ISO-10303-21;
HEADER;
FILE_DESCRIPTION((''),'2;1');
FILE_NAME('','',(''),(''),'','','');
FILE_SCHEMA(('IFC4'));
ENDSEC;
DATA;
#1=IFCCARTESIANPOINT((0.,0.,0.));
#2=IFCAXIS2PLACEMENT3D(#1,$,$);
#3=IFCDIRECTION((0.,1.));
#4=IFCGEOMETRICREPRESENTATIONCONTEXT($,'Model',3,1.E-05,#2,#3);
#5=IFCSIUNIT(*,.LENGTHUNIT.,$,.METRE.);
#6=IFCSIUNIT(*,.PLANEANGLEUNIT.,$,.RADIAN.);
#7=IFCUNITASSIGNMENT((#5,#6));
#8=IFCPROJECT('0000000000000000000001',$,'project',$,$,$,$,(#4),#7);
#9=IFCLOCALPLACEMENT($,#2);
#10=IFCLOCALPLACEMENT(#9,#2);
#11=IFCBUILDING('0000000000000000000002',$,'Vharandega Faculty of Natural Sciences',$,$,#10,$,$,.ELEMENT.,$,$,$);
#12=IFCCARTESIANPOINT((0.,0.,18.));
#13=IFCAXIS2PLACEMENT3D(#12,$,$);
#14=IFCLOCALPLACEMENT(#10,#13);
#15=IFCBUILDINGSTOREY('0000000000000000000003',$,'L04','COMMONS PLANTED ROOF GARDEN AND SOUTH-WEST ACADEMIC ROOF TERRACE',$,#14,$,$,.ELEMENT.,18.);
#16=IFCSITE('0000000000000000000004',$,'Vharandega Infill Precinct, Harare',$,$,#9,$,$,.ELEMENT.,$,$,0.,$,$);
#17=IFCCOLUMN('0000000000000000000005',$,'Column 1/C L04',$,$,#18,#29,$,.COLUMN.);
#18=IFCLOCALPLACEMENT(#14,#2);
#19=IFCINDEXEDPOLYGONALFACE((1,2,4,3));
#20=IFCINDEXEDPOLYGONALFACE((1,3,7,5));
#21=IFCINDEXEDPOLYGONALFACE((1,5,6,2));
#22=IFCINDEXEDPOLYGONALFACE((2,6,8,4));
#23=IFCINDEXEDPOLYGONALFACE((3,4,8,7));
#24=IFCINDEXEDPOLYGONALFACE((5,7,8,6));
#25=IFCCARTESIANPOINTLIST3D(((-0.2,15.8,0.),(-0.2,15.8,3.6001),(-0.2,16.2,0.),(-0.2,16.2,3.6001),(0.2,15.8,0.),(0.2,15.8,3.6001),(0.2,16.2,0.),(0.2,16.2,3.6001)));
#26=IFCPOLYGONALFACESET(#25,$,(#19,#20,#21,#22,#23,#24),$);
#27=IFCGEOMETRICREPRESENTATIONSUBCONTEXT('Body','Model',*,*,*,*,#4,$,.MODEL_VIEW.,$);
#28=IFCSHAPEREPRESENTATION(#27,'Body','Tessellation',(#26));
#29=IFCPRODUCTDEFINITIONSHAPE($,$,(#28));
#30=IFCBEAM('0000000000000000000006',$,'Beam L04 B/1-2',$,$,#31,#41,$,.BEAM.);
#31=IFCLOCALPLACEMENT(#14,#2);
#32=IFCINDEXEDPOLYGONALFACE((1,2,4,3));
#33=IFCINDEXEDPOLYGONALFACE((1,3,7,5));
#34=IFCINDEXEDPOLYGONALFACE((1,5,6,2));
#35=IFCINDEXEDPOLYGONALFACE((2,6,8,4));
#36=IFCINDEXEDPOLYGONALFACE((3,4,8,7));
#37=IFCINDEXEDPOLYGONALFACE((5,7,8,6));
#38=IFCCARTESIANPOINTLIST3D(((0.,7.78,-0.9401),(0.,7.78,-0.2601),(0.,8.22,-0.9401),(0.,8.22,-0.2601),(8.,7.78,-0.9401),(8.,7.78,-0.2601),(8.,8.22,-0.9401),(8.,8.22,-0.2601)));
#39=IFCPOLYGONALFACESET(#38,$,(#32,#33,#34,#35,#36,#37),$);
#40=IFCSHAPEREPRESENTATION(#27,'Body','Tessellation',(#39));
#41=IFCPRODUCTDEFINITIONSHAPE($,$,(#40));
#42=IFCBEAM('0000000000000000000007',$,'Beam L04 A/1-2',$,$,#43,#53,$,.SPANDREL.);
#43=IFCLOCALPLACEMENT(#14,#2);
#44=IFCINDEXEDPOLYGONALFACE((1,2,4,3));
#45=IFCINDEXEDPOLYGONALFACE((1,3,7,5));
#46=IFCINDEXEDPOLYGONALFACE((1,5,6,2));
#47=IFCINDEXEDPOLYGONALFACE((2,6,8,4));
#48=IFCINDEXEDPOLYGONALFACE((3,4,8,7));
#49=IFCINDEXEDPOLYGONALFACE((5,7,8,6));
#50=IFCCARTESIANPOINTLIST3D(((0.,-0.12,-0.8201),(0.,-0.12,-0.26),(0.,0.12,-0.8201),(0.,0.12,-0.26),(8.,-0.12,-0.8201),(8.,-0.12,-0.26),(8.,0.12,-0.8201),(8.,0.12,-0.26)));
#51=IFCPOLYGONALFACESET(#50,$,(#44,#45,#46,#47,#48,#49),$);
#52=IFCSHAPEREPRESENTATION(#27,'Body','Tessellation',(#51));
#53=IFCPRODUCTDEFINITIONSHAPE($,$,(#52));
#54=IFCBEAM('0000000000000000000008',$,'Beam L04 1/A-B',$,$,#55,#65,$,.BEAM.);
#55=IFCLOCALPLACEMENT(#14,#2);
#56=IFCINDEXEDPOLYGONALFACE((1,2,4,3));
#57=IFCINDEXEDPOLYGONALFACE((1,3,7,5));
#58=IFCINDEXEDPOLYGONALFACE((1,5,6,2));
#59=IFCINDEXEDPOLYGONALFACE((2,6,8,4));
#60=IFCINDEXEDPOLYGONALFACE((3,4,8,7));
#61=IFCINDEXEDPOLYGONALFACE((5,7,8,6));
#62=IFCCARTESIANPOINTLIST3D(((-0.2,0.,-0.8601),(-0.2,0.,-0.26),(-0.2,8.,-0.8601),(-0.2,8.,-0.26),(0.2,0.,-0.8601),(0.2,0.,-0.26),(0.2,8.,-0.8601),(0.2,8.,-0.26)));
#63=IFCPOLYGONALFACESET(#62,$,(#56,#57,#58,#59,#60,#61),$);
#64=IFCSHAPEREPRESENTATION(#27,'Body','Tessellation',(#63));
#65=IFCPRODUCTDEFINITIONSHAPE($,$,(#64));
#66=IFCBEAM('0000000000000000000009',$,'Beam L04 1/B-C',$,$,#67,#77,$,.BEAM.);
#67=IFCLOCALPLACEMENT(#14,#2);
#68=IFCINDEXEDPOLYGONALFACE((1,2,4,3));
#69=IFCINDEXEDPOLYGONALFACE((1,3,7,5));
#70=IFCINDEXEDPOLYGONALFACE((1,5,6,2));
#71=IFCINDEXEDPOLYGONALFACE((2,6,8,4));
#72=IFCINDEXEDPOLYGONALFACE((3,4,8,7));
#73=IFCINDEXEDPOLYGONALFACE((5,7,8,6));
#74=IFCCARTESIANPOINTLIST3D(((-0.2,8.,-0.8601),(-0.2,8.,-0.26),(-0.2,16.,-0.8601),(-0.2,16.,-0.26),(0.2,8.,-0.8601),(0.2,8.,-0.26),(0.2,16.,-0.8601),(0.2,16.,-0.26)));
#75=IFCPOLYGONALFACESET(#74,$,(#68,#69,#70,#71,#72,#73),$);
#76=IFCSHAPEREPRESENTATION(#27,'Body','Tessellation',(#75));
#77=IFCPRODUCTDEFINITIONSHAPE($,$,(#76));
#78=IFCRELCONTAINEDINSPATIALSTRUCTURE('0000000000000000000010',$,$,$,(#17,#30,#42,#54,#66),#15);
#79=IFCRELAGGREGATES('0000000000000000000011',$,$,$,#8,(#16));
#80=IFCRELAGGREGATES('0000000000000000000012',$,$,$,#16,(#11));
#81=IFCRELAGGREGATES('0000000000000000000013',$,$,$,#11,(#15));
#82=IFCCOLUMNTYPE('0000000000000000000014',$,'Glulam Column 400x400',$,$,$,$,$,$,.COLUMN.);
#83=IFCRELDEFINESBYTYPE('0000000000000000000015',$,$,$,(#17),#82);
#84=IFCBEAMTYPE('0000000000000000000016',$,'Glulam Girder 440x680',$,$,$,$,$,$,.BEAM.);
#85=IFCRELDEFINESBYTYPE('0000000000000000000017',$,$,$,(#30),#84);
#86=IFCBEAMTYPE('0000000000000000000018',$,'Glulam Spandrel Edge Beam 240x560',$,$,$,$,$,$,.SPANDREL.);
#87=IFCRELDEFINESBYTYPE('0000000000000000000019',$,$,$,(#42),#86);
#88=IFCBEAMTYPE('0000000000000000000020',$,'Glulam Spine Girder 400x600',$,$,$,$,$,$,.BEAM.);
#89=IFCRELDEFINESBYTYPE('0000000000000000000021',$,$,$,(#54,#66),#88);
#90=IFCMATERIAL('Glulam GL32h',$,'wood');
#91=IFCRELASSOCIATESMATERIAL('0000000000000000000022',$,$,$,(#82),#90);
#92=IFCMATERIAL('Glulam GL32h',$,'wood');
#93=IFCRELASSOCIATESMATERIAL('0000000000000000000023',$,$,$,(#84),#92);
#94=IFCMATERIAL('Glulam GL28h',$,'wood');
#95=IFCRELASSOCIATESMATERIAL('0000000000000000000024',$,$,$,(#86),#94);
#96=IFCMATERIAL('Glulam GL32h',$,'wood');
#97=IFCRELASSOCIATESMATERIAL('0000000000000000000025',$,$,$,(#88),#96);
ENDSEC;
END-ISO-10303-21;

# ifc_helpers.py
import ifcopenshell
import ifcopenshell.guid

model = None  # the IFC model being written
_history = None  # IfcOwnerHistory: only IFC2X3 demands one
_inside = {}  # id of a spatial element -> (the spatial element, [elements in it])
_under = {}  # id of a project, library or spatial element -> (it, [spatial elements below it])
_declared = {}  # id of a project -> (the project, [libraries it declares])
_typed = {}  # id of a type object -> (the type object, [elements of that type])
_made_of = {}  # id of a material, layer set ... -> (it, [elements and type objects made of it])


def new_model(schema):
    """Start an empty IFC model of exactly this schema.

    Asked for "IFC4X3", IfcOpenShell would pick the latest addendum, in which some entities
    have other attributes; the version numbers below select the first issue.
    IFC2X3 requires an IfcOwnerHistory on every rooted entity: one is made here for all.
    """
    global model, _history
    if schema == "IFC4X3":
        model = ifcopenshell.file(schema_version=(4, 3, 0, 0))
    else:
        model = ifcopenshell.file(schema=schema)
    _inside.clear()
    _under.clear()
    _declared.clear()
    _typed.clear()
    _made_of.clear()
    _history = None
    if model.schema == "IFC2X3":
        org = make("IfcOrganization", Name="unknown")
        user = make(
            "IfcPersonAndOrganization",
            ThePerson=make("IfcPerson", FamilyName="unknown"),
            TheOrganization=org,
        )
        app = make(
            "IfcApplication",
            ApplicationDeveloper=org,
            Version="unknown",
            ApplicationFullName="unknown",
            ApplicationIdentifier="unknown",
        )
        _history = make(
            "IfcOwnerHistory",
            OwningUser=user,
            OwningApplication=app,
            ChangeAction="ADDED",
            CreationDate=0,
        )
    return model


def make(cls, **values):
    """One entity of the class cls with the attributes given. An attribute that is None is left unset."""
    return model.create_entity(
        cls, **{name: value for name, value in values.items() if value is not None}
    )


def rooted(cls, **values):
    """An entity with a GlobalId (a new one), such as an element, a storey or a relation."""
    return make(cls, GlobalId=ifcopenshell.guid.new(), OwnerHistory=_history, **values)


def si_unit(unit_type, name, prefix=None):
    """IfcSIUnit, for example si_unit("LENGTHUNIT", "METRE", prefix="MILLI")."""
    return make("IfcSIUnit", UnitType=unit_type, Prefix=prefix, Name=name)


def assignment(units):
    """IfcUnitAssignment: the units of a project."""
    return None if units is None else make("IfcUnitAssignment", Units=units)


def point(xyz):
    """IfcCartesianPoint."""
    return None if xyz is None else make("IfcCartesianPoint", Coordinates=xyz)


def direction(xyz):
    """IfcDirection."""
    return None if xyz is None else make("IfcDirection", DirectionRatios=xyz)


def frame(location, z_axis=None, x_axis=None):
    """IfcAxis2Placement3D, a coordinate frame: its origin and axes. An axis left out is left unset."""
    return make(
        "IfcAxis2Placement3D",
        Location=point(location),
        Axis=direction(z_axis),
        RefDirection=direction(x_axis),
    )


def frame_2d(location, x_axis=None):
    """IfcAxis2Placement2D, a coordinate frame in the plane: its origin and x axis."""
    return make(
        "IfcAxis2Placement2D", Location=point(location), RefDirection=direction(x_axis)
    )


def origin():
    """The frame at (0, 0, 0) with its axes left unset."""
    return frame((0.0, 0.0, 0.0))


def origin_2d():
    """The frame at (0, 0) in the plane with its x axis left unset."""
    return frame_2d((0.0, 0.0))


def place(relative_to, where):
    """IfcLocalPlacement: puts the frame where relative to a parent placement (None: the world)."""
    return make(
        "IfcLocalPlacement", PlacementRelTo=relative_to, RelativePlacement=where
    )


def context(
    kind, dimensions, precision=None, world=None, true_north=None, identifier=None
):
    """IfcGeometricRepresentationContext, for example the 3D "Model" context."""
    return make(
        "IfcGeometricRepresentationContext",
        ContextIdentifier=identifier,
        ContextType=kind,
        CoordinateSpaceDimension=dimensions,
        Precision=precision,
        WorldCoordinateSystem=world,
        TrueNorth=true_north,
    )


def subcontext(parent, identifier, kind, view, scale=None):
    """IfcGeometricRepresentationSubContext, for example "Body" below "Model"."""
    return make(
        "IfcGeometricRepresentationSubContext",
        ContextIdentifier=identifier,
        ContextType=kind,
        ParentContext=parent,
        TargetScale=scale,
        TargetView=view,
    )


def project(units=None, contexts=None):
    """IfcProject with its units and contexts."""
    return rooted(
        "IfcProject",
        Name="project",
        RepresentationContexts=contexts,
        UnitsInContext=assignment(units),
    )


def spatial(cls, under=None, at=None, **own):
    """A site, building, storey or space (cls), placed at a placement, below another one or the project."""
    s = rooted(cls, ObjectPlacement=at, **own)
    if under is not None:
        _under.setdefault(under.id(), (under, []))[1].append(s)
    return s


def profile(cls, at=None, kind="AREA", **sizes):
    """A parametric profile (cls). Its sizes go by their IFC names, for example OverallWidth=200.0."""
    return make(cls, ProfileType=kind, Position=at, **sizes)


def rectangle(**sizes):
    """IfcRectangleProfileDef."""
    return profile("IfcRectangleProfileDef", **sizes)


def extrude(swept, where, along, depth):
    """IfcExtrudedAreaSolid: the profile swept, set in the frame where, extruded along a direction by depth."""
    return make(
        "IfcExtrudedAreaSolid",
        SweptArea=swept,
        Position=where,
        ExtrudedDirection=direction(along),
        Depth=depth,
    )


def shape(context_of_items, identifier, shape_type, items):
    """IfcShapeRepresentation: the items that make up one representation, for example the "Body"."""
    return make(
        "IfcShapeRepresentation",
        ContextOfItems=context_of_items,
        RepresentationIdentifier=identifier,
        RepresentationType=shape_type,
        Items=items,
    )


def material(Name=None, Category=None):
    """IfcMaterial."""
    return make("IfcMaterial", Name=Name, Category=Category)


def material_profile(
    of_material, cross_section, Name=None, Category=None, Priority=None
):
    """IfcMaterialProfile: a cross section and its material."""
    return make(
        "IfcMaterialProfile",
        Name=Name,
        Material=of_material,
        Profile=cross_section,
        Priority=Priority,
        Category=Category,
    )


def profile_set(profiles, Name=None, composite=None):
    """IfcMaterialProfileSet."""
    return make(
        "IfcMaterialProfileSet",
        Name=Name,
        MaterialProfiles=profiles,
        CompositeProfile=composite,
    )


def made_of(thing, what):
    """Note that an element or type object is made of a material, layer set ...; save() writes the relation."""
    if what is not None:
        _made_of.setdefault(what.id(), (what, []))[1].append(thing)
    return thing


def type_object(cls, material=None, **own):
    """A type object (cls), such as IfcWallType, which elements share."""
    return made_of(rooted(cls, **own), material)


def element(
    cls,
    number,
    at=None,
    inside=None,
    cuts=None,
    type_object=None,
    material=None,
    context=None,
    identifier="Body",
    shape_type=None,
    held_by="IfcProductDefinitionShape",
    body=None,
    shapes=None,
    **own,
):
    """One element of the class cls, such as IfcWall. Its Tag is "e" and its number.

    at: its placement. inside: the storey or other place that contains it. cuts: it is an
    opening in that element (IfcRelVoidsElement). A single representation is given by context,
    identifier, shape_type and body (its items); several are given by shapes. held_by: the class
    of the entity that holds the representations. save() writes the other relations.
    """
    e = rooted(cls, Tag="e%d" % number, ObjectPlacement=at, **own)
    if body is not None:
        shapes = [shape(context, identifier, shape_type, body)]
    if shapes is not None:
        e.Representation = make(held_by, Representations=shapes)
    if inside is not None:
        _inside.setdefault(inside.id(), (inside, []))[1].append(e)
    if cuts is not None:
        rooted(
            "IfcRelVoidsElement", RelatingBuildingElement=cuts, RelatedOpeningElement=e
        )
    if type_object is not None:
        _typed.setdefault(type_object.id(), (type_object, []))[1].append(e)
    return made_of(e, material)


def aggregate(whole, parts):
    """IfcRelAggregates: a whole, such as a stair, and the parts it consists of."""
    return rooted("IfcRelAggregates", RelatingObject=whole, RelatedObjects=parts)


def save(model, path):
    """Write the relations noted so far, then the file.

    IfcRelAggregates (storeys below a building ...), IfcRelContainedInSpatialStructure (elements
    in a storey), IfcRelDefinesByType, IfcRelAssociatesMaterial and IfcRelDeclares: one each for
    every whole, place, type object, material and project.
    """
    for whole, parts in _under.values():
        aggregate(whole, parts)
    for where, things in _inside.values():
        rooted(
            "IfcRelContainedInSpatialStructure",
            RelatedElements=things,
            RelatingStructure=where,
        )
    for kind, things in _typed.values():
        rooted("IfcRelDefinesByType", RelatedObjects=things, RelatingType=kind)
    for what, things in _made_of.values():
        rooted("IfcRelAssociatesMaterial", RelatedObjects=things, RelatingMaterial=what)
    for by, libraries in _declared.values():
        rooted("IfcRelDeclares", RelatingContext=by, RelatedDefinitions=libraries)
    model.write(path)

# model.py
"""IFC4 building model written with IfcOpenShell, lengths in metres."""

from ifc_helpers import new_model, si_unit, direction, frame, origin, origin_2d, place, context, subcontext, project, spatial, rectangle, extrude, material, material_profile, profile_set, type_object, element, save


model = new_model("IFC4")

# Units and contexts
model_context = context("Model", 3, precision=1e-05, world=origin(), true_north=direction((0.0, 1.0)))
body_context = subcontext(model_context, "Body", "Model", "MODEL_VIEW")
ifc_project = project(units=[si_unit("LENGTHUNIT", "METRE"), si_unit("PLANEANGLEUNIT", "RADIAN")], contexts=[model_context])

# Site, building, storey
site_placement = place(None, origin())
site = spatial("IfcSite", under=ifc_project, at=site_placement, Name="Vharandega Infill Precinct, Harare", CompositionType="ELEMENT", RefElevation=0.0)
building_placement = place(site_placement, origin())
building = spatial("IfcBuilding", under=site, at=building_placement, Name="Vharandega Faculty of Natural Sciences", CompositionType="ELEMENT")
storey_placement = place(building_placement, frame((0.0, 0.0, 18.0)))
storey = spatial("IfcBuildingStorey", under=building, at=storey_placement, Name="L04", Description="COMMONS PLANTED ROOF GARDEN AND SOUTH-WEST ACADEMIC ROOF TERRACE", CompositionType="ELEMENT", Elevation=18.0)

# Column
ifc_material_1 = material(Name="Glulam GL32h", Category="wood")
ifc_material_profile_1 = material_profile(ifc_material_1, rectangle(XDim=0.3999, YDim=0.3999, at=origin_2d()), Name="GL32h 400x400")
ifc_profile_set_1 = profile_set([ifc_material_profile_1], Name="Glulam GL32h")
column_type = type_object("IfcColumnType", Name="Glulam Column 400x400", PredefinedType="COLUMN", material=ifc_profile_set_1)
column_placement = place(storey_placement, frame((0.0, 16.0, 0.0), z_axis=(0.0, 0.0, 1.0), x_axis=(1.0, 0.0, 0.0)))
element("IfcColumn", 1, at=column_placement, inside=storey, type_object=column_type, Name="Column 1/C L04", PredefinedType="COLUMN", context=body_context, shape_type="SweptSolid", body=[
    extrude(rectangle(XDim=0.3999, YDim=0.3999, at=origin_2d()), origin(), (0.0, 0.0, 1.0), 3.6001),
])

# Beams
ifc_material_2 = material(Name="Glulam GL32h", Category="wood")
ifc_material_profile_2 = material_profile(ifc_material_2, rectangle(XDim=0.4399, YDim=0.6799, at=origin_2d()), Name="GL32h 440x680")
ifc_profile_set_2 = profile_set([ifc_material_profile_2], Name="Glulam GL32h")
beam_type_1 = type_object("IfcBeamType", Name="Glulam Girder 440x680", PredefinedType="BEAM", material=ifc_profile_set_2)
beam_1_placement = place(storey_placement, frame((0.0, 8.0, -0.6001), z_axis=(1.0, 0.0, 0.0), x_axis=(0.0, 1.0, 0.0)))
element("IfcBeam", 2, at=beam_1_placement, inside=storey, type_object=beam_type_1, Name="Beam L04 B/1-2", PredefinedType="BEAM", context=body_context, shape_type="SweptSolid", body=[
    extrude(rectangle(XDim=0.4399, YDim=0.6799, at=origin_2d()), origin(), (0.0, 0.0, 1.0), 8.0),
])
ifc_material_3 = material(Name="Glulam GL28h", Category="wood")
ifc_material_profile_3 = material_profile(ifc_material_3, rectangle(XDim=0.24, YDim=0.5601, at=origin_2d()), Name="GL28h 240x560")
ifc_profile_set_3 = profile_set([ifc_material_profile_3], Name="Glulam GL28h")
beam_type_2 = type_object("IfcBeamType", Name="Glulam Spandrel Edge Beam 240x560", PredefinedType="SPANDREL", material=ifc_profile_set_3)
beam_2_placement = place(storey_placement, frame((0.0, 0.0, -0.54), z_axis=(1.0, 0.0, 0.0), x_axis=(0.0, 1.0, 0.0)))
element("IfcBeam", 3, at=beam_2_placement, inside=storey, type_object=beam_type_2, Name="Beam L04 A/1-2", PredefinedType="SPANDREL", context=body_context, shape_type="SweptSolid", body=[
    extrude(rectangle(XDim=0.24, YDim=0.5601, at=origin_2d()), origin(), (0.0, 0.0, 1.0), 8.0),
])
ifc_material_4 = material(Name="Glulam GL32h", Category="wood")
ifc_material_profile_4 = material_profile(ifc_material_4, rectangle(XDim=0.3999, YDim=0.6001, at=origin_2d()), Name="GL32h 400x600")
ifc_profile_set_4 = profile_set([ifc_material_profile_4], Name="Glulam GL32h")
beam_type_3 = type_object("IfcBeamType", Name="Glulam Spine Girder 400x600", PredefinedType="BEAM", material=ifc_profile_set_4)
for number, where, z_axis, x_axis, name in (
    (4, (0.0, 0.0, -0.5601), (0.0, 1.0, 0.0), (-1.0, 0.0, 0.0), "Beam L04 1/A-B"),
    (5, (0.0, 8.0, -0.5601), (0.0, 1.0, 0.0), (-1.0, 0.0, 0.0), "Beam L04 1/B-C"),
):
    element("IfcBeam", number, at=place(storey_placement, frame(where, z_axis=z_axis, x_axis=x_axis)), inside=storey, type_object=beam_type_3, Name=name, PredefinedType="BEAM", context=body_context, shape_type="SweptSolid", body=[
        extrude(rectangle(XDim=0.3999, YDim=0.6001, at=origin_2d()), origin(), (0.0, 0.0, 1.0), 8.0),
    ])

save(model, "model.ifc")
